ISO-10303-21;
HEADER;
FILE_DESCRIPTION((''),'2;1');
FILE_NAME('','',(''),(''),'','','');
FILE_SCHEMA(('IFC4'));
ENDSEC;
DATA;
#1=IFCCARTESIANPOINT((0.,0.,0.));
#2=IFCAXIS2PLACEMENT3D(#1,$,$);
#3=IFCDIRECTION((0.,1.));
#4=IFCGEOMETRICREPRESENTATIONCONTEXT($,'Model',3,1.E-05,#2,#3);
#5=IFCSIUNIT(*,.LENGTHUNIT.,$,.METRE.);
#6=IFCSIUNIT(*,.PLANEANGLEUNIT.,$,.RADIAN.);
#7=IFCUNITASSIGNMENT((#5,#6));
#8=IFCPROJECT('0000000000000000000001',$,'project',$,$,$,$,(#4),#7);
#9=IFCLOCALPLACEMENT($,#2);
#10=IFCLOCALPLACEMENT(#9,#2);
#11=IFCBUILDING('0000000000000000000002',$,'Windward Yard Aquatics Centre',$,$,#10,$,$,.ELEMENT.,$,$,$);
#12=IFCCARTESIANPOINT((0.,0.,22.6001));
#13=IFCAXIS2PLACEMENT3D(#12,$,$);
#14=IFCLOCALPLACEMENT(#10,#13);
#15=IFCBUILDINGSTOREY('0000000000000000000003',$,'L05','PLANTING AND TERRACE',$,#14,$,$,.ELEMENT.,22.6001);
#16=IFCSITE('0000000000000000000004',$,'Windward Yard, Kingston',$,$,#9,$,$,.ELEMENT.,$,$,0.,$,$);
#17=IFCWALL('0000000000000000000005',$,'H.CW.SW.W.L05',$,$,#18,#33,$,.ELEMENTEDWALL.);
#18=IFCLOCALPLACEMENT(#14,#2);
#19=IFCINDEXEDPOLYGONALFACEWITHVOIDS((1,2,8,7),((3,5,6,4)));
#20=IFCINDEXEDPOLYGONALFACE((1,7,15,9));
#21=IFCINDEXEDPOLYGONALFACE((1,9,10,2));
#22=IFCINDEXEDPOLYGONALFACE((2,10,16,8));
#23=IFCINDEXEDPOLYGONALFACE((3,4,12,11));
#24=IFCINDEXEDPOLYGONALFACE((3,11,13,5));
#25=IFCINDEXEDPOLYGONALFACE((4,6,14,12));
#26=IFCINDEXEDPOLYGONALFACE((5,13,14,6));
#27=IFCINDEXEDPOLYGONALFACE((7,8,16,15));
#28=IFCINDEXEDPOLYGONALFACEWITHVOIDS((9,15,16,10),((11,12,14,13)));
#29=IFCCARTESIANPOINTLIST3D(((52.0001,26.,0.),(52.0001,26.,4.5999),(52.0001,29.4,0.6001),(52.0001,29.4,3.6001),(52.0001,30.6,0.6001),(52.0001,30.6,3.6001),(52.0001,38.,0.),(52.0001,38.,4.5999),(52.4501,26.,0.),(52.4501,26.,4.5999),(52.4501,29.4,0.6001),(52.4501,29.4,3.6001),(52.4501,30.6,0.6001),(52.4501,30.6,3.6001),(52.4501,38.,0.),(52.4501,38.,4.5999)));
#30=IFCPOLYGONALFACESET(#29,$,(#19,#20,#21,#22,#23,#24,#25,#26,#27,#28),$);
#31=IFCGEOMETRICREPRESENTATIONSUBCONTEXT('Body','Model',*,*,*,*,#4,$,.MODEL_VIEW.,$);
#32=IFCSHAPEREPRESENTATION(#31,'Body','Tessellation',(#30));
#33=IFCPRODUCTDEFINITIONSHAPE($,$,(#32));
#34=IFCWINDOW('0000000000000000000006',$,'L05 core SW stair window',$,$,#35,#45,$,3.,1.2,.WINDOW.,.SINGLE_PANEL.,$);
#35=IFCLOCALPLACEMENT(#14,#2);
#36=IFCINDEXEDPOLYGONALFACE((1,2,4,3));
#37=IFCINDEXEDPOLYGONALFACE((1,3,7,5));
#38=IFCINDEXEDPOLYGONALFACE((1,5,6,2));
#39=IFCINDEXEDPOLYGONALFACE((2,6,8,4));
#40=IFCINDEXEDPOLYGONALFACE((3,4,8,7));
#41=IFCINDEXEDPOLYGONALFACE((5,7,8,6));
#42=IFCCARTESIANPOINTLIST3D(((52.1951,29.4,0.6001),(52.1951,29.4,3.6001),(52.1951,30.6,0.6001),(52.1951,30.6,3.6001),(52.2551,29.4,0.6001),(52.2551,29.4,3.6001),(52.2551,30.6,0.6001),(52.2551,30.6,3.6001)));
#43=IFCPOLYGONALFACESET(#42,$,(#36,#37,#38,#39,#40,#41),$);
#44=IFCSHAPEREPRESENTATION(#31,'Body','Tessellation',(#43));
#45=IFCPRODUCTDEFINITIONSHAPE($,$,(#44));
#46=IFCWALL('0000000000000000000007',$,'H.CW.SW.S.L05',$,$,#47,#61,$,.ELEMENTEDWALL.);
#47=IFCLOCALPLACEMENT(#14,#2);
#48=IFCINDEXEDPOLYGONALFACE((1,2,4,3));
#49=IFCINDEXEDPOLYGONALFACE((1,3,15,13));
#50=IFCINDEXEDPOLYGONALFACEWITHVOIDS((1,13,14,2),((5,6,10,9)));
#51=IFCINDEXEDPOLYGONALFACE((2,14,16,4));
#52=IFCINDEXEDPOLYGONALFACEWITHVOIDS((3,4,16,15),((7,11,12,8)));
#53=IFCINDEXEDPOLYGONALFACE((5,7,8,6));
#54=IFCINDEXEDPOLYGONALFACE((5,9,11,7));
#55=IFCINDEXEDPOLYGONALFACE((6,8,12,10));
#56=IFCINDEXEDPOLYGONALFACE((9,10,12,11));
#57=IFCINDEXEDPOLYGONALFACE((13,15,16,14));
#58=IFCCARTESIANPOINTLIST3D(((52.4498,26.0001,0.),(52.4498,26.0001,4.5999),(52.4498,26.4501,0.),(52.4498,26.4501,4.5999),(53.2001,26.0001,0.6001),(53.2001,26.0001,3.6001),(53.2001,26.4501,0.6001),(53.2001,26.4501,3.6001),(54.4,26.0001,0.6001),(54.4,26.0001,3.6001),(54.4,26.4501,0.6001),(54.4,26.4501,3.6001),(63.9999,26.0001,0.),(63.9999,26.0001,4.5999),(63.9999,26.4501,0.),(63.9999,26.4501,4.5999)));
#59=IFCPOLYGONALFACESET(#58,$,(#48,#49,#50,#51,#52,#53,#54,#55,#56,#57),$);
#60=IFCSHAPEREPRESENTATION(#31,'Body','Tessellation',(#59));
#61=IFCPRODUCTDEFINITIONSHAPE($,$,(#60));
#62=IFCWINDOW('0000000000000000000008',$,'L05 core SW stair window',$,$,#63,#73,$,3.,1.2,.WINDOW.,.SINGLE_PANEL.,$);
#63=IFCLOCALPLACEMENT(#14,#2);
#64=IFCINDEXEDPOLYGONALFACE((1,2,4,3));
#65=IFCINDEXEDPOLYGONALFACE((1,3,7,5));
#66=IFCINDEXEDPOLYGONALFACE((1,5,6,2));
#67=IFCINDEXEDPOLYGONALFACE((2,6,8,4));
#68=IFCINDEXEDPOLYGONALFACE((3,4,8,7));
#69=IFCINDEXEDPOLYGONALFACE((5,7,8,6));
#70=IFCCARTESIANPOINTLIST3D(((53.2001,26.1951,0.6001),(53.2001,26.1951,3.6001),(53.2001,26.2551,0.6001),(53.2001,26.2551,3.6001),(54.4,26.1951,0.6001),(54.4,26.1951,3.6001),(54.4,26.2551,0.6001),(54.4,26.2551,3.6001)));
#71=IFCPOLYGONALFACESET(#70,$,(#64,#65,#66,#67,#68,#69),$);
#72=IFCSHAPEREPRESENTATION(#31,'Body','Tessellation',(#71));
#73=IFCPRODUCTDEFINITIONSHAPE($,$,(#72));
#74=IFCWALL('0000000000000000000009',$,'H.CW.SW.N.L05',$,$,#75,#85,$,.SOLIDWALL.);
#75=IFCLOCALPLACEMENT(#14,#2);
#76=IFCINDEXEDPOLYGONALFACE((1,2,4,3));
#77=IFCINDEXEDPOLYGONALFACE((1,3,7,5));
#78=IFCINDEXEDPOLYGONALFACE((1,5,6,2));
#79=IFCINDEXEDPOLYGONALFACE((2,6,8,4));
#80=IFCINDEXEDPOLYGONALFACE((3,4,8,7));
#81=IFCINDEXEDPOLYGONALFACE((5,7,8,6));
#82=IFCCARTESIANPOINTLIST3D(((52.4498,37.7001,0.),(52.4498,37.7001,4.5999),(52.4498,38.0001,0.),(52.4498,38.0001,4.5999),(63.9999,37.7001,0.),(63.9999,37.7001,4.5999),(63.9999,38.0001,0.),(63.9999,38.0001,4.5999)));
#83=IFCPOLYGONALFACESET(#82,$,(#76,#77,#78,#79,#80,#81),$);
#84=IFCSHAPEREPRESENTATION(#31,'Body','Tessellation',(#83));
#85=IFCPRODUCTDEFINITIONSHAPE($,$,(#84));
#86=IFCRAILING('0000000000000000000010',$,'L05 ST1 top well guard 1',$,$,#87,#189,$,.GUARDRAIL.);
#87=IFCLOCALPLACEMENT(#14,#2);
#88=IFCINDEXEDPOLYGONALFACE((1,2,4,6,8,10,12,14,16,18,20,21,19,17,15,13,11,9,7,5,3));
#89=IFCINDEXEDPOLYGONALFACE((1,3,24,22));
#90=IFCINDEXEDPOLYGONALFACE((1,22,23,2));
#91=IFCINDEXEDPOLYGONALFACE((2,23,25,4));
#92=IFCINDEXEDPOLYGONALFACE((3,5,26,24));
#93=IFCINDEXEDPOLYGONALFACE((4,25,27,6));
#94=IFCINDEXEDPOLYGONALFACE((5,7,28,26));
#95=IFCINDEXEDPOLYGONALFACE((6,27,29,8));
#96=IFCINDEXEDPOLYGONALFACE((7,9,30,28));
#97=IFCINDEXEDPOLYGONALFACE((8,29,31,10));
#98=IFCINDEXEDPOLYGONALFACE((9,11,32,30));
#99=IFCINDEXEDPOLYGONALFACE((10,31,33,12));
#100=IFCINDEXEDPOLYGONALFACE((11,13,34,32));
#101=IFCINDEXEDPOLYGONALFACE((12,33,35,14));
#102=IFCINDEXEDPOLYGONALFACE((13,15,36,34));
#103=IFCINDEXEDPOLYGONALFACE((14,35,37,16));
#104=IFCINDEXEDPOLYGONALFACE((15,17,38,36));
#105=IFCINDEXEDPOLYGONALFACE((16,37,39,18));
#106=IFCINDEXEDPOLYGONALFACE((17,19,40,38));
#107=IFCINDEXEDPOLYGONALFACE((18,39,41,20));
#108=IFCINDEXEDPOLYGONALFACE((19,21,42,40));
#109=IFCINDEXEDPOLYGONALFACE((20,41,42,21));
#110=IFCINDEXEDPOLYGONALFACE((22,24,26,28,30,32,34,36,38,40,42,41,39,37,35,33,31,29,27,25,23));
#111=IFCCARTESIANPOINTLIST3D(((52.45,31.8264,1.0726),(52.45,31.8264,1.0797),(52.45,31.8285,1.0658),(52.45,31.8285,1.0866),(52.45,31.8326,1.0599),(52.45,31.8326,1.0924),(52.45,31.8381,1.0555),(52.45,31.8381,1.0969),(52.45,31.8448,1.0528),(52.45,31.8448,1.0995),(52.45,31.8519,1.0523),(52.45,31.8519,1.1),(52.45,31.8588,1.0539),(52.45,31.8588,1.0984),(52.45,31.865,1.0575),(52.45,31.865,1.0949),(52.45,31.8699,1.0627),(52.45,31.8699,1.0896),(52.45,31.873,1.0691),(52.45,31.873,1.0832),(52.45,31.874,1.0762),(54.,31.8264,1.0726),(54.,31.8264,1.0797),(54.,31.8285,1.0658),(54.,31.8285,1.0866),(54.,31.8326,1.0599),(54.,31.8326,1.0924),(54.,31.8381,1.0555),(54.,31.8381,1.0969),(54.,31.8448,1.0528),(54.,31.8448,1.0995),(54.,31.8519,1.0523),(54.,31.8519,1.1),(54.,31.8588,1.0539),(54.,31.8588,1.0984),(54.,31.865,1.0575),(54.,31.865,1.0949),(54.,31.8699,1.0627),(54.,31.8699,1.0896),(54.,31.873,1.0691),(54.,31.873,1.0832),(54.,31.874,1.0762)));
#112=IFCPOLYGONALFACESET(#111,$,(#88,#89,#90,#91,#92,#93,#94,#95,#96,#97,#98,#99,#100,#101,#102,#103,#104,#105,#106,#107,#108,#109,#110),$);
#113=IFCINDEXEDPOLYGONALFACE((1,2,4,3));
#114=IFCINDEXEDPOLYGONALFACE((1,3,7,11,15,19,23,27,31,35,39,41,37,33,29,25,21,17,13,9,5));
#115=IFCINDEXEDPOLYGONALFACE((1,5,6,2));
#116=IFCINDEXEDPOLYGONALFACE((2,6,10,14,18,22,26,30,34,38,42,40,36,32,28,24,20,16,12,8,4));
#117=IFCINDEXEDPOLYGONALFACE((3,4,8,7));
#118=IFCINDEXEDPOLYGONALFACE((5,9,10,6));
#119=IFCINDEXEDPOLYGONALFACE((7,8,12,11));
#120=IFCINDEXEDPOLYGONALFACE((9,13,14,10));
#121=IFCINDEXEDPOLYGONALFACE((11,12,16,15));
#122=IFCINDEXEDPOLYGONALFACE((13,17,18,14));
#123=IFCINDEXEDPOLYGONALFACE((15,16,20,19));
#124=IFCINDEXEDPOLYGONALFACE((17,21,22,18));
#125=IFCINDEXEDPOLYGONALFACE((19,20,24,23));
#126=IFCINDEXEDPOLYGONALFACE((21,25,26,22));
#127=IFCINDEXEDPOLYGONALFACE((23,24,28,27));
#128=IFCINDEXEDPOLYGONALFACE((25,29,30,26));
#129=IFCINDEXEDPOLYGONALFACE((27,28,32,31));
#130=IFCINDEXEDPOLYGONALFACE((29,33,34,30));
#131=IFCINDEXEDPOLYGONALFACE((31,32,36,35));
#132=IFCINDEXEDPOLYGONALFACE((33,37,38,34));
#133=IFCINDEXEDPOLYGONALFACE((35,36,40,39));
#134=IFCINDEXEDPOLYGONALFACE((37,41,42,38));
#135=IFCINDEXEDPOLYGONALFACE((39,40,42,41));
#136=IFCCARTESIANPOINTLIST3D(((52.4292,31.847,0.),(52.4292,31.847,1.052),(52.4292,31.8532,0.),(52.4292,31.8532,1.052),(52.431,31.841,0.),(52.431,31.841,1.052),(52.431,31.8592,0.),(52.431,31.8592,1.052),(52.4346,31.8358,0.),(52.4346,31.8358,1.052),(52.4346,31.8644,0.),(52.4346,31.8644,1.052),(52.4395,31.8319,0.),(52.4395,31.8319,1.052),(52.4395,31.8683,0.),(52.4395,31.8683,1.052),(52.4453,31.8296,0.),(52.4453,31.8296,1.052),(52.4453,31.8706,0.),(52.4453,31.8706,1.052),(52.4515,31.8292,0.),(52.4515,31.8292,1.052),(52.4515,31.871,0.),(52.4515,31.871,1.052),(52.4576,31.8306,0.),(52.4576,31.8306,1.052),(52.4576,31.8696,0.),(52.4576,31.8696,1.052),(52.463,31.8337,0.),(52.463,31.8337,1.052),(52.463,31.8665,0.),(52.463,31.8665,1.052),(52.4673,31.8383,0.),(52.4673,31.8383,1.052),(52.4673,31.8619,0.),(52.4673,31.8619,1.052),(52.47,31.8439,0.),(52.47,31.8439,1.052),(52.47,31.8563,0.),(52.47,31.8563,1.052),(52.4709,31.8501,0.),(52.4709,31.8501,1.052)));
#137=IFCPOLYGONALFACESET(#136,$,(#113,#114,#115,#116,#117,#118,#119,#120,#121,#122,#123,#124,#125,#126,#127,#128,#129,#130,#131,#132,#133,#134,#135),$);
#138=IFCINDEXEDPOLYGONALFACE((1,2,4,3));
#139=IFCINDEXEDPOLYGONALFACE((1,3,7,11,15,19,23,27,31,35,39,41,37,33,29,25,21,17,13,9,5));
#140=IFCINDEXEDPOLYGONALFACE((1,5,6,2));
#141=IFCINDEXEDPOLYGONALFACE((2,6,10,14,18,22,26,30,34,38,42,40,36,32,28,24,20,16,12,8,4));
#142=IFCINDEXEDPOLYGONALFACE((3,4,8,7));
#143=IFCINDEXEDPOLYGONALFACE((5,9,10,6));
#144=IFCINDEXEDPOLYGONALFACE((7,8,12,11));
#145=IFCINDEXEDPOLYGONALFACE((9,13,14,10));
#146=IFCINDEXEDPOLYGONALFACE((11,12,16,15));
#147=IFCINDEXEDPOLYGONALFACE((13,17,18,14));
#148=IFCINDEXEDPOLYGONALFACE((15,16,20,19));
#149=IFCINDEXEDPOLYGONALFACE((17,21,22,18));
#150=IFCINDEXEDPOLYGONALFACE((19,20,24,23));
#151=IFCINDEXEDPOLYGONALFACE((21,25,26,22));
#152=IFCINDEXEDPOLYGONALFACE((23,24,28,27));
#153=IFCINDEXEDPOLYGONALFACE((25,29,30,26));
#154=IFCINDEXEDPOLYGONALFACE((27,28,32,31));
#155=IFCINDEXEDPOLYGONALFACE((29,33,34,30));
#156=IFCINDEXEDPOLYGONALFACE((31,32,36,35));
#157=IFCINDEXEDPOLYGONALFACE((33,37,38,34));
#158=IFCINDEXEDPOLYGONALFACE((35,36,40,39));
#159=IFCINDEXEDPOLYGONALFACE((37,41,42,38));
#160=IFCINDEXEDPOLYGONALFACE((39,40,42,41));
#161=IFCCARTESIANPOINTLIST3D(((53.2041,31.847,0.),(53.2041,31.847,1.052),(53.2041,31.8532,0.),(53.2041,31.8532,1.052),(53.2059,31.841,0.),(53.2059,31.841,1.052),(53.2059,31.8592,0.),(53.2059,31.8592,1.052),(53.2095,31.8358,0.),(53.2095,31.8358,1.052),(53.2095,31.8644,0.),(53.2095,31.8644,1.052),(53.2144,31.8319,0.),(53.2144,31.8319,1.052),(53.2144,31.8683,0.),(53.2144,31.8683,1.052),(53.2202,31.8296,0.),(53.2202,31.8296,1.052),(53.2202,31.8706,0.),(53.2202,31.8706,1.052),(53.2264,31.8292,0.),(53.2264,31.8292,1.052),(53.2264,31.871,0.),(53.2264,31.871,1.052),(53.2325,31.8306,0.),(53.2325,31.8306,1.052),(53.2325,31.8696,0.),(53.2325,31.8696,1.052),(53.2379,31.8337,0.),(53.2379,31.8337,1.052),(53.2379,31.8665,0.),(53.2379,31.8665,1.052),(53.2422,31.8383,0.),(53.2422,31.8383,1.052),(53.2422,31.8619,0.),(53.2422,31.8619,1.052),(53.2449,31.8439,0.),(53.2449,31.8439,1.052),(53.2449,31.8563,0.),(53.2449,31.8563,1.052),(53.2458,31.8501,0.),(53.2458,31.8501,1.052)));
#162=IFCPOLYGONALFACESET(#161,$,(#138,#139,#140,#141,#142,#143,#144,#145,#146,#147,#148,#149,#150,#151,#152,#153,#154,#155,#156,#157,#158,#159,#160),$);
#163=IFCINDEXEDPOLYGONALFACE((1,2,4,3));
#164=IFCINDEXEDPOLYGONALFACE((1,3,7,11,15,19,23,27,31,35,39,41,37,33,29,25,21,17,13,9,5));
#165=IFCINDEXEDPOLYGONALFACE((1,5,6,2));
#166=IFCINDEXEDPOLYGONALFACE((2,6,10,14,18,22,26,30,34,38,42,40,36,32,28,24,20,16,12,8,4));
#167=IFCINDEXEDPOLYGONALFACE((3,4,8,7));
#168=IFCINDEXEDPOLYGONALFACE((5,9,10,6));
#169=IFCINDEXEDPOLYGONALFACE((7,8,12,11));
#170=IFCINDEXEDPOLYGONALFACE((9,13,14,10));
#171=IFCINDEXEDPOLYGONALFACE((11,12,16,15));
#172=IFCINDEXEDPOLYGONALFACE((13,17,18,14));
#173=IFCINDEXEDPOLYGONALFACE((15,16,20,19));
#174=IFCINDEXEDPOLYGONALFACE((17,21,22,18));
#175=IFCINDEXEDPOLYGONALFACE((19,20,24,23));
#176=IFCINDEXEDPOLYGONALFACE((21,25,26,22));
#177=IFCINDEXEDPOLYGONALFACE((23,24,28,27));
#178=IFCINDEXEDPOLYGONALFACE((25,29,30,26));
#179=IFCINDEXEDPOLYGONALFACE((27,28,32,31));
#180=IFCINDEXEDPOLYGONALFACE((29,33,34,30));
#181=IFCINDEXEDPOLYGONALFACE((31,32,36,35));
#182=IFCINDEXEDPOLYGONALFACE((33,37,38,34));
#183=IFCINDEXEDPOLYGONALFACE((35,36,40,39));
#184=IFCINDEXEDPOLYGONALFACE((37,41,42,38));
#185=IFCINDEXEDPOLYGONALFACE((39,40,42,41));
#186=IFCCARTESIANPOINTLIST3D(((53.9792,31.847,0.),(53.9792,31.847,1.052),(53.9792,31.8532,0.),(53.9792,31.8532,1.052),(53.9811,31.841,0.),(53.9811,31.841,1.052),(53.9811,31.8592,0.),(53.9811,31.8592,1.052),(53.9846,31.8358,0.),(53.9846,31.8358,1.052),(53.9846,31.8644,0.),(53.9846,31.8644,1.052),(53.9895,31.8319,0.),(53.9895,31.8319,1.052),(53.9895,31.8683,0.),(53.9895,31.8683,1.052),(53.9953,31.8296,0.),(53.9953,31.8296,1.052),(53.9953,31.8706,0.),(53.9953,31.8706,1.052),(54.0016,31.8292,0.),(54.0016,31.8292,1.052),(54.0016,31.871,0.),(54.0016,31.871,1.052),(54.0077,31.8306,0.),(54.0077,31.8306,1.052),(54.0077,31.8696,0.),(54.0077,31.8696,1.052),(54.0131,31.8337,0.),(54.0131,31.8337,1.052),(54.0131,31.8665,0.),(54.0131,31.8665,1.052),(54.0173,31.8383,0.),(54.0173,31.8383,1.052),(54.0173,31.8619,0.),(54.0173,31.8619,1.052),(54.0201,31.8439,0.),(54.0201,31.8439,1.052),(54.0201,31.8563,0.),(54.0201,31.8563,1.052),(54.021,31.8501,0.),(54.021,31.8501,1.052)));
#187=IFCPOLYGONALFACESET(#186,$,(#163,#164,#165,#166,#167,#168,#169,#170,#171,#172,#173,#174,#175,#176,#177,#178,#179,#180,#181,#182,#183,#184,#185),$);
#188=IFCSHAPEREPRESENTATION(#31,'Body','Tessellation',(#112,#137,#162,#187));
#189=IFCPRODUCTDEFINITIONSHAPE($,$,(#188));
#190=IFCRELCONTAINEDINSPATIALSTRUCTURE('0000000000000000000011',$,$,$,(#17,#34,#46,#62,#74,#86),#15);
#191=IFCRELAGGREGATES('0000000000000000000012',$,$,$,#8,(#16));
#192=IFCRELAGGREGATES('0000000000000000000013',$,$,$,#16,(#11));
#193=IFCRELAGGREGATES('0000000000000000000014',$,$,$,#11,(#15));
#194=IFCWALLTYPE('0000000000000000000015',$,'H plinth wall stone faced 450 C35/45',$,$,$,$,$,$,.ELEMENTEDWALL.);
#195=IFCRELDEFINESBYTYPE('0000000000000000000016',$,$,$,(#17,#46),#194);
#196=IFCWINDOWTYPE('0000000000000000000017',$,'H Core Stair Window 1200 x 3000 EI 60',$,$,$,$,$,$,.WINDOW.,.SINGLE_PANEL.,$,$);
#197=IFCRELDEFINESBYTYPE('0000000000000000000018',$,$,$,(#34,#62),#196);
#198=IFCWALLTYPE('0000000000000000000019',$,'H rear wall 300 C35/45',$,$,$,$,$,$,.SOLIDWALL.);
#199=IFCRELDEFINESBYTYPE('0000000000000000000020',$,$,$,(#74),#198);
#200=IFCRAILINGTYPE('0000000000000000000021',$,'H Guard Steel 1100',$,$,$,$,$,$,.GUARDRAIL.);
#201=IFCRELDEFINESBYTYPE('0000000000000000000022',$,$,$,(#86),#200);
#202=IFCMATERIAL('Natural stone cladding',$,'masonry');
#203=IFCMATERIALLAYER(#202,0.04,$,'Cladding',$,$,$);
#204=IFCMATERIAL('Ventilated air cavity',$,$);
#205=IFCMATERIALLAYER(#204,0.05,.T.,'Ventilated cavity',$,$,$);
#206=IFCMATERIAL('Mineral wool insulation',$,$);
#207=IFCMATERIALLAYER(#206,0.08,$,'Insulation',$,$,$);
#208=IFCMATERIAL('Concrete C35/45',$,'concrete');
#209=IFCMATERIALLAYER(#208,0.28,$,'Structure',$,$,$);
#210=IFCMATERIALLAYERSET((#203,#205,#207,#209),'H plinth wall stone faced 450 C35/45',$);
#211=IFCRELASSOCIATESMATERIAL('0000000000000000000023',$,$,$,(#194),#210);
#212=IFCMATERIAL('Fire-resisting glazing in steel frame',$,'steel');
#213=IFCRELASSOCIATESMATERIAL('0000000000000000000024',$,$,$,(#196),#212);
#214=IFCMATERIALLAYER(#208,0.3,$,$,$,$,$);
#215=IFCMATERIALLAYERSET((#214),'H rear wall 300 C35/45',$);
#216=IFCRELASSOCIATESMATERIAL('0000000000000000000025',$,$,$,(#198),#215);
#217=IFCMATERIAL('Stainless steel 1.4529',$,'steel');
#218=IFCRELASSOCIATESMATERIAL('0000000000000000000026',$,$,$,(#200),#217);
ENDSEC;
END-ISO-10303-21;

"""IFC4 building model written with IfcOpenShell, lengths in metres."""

from ifc_helpers import new_model, si_unit, direction, frame, frame_2d, origin, origin_2d, place, context, subcontext, project, spatial, rectangle, circle, extrude, material, layer, layer_set, type_object, element, fill, save


model = new_model("IFC4")

# Units and contexts
model_context = context("Model", 3, precision=1e-05, world=origin(), true_north=direction((0.0, 1.0)))
body_context = subcontext(model_context, "Body", "Model", "MODEL_VIEW")
ifc_project = project(units=[si_unit("LENGTHUNIT", "METRE"), si_unit("PLANEANGLEUNIT", "RADIAN")], contexts=[model_context])

# Site, building, storey
site_placement = place(None, origin())
site = spatial("IfcSite", under=ifc_project, at=site_placement, Name="Windward Yard, Kingston", CompositionType="ELEMENT", RefElevation=0.0)
building_placement = place(site_placement, origin())
building = spatial("IfcBuilding", under=site, at=building_placement, Name="Windward Yard Aquatics Centre", CompositionType="ELEMENT")
storey_placement = place(building_placement, frame((0.0, 0.0, 22.6001)))
storey = spatial("IfcBuildingStorey", under=building, at=storey_placement, Name="L05", Description="PLANTING AND TERRACE", CompositionType="ELEMENT", Elevation=22.6001)

# Shared definitions
ifc_material_1 = material(Name="Concrete C35/45", Category="concrete")

# Walls, openings, windows
ifc_material_2 = material(Name="Natural stone cladding", Category="masonry")
ifc_layer_1 = layer(ifc_material_2, 0.04, Name="Cladding")
ifc_material_3 = material(Name="Ventilated air cavity")
ifc_layer_2 = layer(ifc_material_3, 0.05, ventilated=True, Name="Ventilated cavity")
ifc_material_4 = material(Name="Mineral wool insulation")
ifc_layer_3 = layer(ifc_material_4, 0.08, Name="Insulation")
ifc_layer_4 = layer(ifc_material_1, 0.28, Name="Structure")
ifc_layer_set_1 = layer_set([ifc_layer_1, ifc_layer_2, ifc_layer_3, ifc_layer_4], Name="H plinth wall stone faced 450 C35/45")
wall_type_1 = type_object("IfcWallType", Name="H plinth wall stone faced 450 C35/45", PredefinedType="ELEMENTEDWALL", material=ifc_layer_set_1)
wall_1_placement = place(storey_placement, frame((52.2251, 26.0, 0.0), z_axis=(0.0, 0.0, 1.0), x_axis=(0.0, 1.0, 0.0)))
wall_1 = element("IfcWall", 1, at=wall_1_placement, inside=storey, type_object=wall_type_1, Name="H.CW.SW.W.L05", PredefinedType="ELEMENTEDWALL", context=body_context, shape_type="SweptSolid", body=[
    extrude(rectangle(XDim=12.0, YDim=0.45, at=frame_2d((6.0, 0.0))), origin(), (0.0, 0.0, 1.0), 4.5999),
])
opening_1_placement = place(wall_1_placement, frame((3.3999, 0.0, 0.6001)))
opening_1 = element("IfcOpeningElement", 2, at=opening_1_placement, cuts=wall_1, PredefinedType="OPENING", context=body_context, shape_type="SweptSolid", body=[
    extrude(rectangle(XDim=1.2, YDim=3.0, at=frame_2d((0.6001, 1.5))), frame((0.0, 0.2349, 0.0), z_axis=(0.0, -1.0, 0.0), x_axis=(1.0, 0.0, 0.0)), (0.0, 0.0, 1.0), 0.47),
])
ifc_material_5 = material(Name="Fire-resisting glazing in steel frame", Category="steel")
window_type = type_object("IfcWindowType", Name="H Core Stair Window 1200 x 3000 EI 60", PartitioningType="SINGLE_PANEL", PredefinedType="WINDOW", material=ifc_material_5)
window_1_placement = place(opening_1_placement, origin())
window_1 = element("IfcWindow", 3, at=window_1_placement, inside=storey, type_object=window_type, Name="L05 core SW stair window", OverallHeight=3.0, OverallWidth=1.2, PartitioningType="SINGLE_PANEL", PredefinedType="WINDOW", context=body_context, shape_type="SweptSolid", body=[
    extrude(rectangle(XDim=1.2, YDim=3.0, at=frame_2d((0.6001, 1.5))), frame((0.0, 0.03, 0.0), z_axis=(0.0, -1.0, 0.0), x_axis=(1.0, 0.0, 0.0)), (0.0, 0.0, 1.0), 0.0601),
])
fill(opening_1, window_1)
wall_2_placement = place(storey_placement, frame((52.45, 26.2251, 0.0), z_axis=(0.0, 0.0, 1.0), x_axis=(1.0, 0.0, 0.0)))
wall_2 = element("IfcWall", 4, at=wall_2_placement, inside=storey, type_object=wall_type_1, Name="H.CW.SW.S.L05", PredefinedType="ELEMENTEDWALL", context=body_context, shape_type="SweptSolid", body=[
    extrude(rectangle(XDim=11.55, YDim=0.45, at=frame_2d((5.7749, 0.0))), origin(), (0.0, 0.0, 1.0), 4.5999),
])
opening_2_placement = place(wall_2_placement, frame((0.75, 0.0, 0.6001)))
opening_2 = element("IfcOpeningElement", 5, at=opening_2_placement, cuts=wall_2, PredefinedType="OPENING", context=body_context, shape_type="SweptSolid", body=[
    extrude(rectangle(XDim=1.2, YDim=3.0, at=frame_2d((0.6001, 1.5))), frame((0.0, 0.2349, 0.0), z_axis=(0.0, -1.0, 0.0), x_axis=(1.0, 0.0, 0.0)), (0.0, 0.0, 1.0), 0.47),
])
window_2_placement = place(opening_2_placement, origin())
window_2 = element("IfcWindow", 6, at=window_2_placement, inside=storey, type_object=window_type, Name="L05 core SW stair window", OverallHeight=3.0, OverallWidth=1.2, PartitioningType="SINGLE_PANEL", PredefinedType="WINDOW", context=body_context, shape_type="SweptSolid", body=[
    extrude(rectangle(XDim=1.2, YDim=3.0, at=frame_2d((0.6001, 1.5))), frame((0.0, 0.03, 0.0), z_axis=(0.0, -1.0, 0.0), x_axis=(1.0, 0.0, 0.0)), (0.0, 0.0, 1.0), 0.0601),
])
fill(opening_2, window_2)

# Wall
ifc_layer_5 = layer(ifc_material_1, 0.3)
ifc_layer_set_2 = layer_set([ifc_layer_5], Name="H rear wall 300 C35/45")
wall_type_2 = type_object("IfcWallType", Name="H rear wall 300 C35/45", PredefinedType="SOLIDWALL", material=ifc_layer_set_2)
wall_3_placement = place(storey_placement, frame((52.45, 37.8501, 0.0), z_axis=(0.0, 0.0, 1.0), x_axis=(1.0, 0.0, 0.0)))
element("IfcWall", 7, at=wall_3_placement, inside=storey, type_object=wall_type_2, Name="H.CW.SW.N.L05", PredefinedType="SOLIDWALL", context=body_context, shape_type="SweptSolid", body=[
    extrude(rectangle(XDim=11.55, YDim=0.3, at=frame_2d((5.7749, 0.0))), origin(), (0.0, 0.0, 1.0), 4.5999),
])

# Railing
ifc_material_6 = material(Name="Stainless steel 1.4529", Category="steel")
railing_type = type_object("IfcRailingType", Name="H Guard Steel 1100", PredefinedType="GUARDRAIL", material=ifc_material_6)
railing_placement = place(storey_placement, frame((52.45, 31.8501, 0.0)))
element("IfcRailing", 8, at=railing_placement, inside=storey, type_object=railing_type, Name="L05 ST1 top well guard 1", PredefinedType="GUARDRAIL", context=body_context, shape_type="SweptSolid", body=[
    extrude(circle(Radius=0.0239, at=origin_2d()), frame((0.0, 0.0, 1.0762), z_axis=(1.0, 0.0, 0.0), x_axis=(0.0, 1.0, 0.0)), (0.0, 0.0, 1.0), 1.55),
    extrude(circle(Radius=0.021, at=origin_2d()), origin(), (0.0, 0.0, 1.0), 1.052),
    extrude(circle(Radius=0.021, at=origin_2d()), frame((0.7749, 0.0, 0.0)), (0.0, 0.0, 1.0), 1.052),
    extrude(circle(Radius=0.021, at=origin_2d()), frame((1.55, 0.0, 0.0)), (0.0, 0.0, 1.0), 1.052),
])

save(model, "model.ifc")
